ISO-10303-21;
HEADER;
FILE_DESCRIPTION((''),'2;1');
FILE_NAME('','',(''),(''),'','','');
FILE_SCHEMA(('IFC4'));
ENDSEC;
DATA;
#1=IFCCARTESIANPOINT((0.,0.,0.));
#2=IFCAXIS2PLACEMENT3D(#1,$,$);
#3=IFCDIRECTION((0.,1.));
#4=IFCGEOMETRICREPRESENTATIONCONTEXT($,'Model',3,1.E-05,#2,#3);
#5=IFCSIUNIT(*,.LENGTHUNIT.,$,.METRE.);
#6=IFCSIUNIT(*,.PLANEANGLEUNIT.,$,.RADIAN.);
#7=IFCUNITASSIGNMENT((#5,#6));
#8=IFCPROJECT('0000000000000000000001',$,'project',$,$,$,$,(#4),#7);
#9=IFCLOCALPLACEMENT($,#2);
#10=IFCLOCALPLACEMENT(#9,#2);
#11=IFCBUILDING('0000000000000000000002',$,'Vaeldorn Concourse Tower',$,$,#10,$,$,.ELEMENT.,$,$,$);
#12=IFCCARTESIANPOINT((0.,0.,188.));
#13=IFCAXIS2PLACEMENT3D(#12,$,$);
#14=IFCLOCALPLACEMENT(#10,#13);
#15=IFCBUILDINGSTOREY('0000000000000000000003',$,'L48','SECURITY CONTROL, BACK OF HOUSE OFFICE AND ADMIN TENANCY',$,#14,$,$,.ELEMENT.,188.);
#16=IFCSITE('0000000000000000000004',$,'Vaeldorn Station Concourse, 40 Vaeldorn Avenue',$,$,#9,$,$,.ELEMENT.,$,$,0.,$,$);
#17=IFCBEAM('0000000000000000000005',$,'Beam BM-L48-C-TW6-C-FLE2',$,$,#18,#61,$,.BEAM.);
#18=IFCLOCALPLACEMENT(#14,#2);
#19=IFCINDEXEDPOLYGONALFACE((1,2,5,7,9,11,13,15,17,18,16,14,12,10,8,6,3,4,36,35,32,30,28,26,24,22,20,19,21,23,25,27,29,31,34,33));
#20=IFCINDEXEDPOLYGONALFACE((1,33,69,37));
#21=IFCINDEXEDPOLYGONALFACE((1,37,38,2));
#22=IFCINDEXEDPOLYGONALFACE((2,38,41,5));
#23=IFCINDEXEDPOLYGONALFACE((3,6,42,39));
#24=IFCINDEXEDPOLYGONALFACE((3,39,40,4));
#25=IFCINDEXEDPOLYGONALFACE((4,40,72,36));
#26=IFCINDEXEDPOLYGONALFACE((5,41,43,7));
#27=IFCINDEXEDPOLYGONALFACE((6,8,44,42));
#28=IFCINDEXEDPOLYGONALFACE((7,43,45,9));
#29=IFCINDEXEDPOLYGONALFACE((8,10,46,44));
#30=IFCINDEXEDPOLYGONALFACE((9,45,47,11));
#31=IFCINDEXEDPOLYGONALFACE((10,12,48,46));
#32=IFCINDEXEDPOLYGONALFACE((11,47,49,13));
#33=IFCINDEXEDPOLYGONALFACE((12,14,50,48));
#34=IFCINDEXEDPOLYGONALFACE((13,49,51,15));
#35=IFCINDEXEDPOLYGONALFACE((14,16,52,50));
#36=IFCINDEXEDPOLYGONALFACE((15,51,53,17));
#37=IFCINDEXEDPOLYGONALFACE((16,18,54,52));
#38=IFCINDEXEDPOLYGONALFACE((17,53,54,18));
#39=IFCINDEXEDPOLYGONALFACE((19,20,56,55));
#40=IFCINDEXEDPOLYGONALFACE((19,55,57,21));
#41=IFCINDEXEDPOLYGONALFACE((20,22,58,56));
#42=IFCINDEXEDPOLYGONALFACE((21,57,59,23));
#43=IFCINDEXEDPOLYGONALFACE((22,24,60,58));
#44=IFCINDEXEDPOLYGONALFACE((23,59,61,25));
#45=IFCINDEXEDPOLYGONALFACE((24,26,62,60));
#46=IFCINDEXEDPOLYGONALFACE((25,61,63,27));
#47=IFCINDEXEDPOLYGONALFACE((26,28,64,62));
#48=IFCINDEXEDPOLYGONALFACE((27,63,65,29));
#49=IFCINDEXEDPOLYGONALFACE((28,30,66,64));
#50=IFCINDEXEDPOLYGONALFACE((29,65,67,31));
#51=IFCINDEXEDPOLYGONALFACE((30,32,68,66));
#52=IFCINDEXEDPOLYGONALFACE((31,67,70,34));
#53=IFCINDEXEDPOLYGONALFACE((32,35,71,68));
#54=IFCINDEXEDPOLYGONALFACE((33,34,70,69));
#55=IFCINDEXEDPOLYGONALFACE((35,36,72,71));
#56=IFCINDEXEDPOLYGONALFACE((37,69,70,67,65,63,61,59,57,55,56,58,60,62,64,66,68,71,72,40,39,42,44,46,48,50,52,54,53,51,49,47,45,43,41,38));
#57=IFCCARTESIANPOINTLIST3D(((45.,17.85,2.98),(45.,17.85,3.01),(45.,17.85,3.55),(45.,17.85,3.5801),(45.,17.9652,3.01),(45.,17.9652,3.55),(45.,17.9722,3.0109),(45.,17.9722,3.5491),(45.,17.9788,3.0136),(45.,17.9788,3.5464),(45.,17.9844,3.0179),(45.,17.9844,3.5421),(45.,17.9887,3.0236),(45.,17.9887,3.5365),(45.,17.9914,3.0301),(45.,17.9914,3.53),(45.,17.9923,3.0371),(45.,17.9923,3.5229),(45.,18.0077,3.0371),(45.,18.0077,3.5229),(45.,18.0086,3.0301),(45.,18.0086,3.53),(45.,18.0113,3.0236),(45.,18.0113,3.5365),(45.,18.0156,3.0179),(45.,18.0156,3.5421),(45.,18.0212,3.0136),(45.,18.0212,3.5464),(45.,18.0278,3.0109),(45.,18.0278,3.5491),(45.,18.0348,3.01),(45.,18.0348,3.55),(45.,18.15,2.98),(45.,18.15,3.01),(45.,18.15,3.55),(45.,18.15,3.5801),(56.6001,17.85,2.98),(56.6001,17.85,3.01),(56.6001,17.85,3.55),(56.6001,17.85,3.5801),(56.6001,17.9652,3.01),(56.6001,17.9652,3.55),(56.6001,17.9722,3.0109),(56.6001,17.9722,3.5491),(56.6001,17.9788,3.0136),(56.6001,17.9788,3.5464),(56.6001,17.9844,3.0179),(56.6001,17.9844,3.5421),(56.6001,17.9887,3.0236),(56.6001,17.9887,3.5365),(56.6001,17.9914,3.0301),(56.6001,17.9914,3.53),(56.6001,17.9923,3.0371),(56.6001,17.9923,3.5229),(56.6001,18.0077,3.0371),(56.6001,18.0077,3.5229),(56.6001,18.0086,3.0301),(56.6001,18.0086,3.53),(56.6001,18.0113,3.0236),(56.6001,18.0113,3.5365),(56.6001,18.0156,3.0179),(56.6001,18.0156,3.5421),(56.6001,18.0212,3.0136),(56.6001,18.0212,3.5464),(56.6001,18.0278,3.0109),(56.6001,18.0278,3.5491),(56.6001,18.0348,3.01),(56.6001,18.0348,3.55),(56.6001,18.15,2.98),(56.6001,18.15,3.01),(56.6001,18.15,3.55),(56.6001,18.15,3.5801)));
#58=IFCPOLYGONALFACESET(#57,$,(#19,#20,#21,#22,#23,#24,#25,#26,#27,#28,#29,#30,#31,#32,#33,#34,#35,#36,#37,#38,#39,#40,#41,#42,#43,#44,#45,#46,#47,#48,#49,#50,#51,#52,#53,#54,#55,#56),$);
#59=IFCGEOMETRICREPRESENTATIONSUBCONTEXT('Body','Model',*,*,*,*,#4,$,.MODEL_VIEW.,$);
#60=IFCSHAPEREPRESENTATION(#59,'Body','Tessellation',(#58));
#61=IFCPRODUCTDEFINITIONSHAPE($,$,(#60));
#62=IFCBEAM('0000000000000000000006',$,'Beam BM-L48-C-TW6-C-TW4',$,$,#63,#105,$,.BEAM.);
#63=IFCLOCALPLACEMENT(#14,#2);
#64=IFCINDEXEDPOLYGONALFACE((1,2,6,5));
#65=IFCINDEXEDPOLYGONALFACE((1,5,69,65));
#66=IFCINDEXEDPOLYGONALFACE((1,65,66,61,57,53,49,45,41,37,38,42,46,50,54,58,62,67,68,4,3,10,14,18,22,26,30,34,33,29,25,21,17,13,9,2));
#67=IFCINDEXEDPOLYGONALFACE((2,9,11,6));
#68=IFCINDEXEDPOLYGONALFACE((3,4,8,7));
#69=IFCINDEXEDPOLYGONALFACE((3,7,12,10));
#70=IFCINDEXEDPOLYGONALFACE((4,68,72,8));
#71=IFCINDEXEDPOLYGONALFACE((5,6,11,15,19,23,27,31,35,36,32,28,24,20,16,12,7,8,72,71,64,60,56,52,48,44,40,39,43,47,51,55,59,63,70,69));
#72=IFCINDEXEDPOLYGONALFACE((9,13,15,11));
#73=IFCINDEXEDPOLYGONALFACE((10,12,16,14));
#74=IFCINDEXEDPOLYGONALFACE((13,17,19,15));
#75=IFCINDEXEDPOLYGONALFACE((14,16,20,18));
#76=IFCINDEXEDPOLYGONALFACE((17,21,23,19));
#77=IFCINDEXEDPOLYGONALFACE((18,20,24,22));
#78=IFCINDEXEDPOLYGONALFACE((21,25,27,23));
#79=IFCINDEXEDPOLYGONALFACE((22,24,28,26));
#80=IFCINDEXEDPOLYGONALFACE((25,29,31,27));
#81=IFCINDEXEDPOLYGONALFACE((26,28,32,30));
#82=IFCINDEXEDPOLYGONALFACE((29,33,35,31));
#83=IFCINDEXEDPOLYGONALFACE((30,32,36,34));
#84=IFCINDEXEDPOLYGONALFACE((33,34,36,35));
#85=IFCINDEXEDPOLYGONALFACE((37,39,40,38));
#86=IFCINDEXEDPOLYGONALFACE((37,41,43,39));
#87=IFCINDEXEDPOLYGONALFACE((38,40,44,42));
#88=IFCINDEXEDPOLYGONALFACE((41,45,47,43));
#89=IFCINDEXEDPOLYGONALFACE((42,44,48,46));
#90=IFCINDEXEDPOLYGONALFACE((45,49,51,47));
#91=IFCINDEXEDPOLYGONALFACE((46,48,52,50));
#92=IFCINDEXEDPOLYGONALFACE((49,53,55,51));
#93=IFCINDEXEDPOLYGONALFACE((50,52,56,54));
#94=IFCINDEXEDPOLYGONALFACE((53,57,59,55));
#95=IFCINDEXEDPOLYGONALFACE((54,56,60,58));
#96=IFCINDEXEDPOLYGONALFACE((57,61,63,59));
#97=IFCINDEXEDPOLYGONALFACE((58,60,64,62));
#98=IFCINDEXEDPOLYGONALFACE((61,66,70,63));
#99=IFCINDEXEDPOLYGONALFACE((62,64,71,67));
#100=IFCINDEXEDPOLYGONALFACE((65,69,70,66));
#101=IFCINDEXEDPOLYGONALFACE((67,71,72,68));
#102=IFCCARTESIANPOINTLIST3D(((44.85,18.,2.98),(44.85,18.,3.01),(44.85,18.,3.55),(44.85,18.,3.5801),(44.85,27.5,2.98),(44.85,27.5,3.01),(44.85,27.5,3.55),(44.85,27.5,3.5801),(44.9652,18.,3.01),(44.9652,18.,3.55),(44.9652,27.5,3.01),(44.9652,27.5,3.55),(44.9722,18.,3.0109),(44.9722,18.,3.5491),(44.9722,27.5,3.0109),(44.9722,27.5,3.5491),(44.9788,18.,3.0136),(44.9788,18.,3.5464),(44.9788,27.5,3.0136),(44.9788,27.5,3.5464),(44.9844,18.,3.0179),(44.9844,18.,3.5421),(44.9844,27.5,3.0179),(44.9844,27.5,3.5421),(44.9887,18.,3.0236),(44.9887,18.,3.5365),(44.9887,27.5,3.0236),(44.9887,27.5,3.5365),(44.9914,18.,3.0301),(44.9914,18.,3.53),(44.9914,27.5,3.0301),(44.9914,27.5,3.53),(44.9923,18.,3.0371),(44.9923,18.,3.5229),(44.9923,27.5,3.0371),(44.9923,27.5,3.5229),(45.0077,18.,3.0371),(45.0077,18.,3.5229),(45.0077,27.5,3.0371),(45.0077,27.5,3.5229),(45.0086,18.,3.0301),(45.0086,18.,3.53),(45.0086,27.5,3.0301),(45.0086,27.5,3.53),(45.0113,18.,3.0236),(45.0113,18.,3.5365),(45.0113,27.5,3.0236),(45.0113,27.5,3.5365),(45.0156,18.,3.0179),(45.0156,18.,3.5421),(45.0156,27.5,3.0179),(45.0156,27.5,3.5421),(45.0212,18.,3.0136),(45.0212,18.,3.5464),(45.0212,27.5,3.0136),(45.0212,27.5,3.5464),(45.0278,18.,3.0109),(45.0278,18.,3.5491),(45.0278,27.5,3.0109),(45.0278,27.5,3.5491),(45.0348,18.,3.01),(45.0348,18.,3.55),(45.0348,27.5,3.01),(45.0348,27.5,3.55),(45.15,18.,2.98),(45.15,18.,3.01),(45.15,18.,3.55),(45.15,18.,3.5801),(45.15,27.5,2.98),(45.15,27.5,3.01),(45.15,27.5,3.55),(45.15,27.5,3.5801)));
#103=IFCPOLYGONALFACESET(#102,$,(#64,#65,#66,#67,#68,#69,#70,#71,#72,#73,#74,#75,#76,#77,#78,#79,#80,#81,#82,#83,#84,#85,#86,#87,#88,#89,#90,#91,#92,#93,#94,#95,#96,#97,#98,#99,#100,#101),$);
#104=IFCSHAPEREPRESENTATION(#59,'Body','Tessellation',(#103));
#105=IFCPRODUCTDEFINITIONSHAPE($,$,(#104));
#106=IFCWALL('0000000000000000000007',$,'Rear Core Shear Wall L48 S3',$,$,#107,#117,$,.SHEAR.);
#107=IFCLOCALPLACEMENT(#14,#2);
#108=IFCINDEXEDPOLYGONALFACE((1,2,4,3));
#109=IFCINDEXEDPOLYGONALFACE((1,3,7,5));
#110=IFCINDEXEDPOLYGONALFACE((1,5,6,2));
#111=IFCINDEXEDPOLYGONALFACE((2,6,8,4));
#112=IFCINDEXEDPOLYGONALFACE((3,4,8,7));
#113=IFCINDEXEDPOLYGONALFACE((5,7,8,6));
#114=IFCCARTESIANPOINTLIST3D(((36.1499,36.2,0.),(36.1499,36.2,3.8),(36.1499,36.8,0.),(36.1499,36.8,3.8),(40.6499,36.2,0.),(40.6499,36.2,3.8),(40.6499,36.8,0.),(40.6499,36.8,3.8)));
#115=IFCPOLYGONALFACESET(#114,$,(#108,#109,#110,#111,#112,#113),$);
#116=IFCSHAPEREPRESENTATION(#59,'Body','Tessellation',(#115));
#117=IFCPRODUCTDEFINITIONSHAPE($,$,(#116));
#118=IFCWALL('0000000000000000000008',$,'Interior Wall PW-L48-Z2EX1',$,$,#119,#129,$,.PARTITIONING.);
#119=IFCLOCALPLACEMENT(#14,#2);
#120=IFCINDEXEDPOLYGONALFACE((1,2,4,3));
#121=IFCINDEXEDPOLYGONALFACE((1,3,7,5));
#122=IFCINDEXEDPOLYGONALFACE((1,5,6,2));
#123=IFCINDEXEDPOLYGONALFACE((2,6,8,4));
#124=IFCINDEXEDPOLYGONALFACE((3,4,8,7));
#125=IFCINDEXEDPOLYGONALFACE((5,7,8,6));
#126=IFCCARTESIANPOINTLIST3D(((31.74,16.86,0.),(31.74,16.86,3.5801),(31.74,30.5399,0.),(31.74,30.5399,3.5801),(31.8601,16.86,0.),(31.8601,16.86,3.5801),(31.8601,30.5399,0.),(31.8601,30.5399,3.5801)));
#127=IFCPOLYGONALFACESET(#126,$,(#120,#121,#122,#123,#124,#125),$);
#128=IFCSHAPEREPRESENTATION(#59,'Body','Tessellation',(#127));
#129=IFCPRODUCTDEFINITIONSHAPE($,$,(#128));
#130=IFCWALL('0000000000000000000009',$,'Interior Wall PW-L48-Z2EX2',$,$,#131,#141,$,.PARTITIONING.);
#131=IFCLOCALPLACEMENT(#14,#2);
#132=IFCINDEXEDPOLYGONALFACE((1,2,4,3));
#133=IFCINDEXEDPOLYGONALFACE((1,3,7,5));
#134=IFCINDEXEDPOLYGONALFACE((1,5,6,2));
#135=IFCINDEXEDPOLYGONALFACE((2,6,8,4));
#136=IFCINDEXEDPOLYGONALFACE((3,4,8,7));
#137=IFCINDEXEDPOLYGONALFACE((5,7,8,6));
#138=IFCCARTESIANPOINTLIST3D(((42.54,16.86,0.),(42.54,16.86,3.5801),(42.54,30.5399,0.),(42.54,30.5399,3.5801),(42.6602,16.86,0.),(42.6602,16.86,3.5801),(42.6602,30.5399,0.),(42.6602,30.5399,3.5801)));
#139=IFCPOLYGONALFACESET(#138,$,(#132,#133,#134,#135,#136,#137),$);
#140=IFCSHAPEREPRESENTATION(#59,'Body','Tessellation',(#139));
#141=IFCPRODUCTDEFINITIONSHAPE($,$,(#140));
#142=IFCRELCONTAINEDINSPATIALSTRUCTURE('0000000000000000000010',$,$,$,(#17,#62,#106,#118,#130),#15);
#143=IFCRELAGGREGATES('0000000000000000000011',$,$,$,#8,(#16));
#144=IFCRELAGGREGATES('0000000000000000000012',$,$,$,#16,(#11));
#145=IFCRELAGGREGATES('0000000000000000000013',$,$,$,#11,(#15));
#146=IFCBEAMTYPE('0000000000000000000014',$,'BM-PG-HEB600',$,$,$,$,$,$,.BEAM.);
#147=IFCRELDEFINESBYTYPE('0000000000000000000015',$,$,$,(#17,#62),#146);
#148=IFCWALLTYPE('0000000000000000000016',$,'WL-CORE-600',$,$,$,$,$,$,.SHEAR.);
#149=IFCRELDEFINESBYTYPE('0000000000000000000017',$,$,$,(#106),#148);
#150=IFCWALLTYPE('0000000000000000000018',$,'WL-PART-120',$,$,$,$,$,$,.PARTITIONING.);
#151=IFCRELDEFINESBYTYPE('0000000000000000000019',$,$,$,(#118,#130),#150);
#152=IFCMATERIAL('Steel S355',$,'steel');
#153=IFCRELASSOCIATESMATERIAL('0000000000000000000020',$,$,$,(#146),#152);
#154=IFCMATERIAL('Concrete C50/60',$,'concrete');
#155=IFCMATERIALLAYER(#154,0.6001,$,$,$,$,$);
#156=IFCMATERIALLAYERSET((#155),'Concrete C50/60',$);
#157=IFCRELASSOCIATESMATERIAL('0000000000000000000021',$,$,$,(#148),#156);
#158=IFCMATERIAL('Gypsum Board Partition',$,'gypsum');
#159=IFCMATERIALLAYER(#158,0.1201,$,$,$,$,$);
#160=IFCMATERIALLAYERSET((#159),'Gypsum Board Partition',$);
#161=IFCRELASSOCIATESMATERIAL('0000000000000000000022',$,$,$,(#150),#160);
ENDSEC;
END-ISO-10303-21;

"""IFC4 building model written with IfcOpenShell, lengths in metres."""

from ifc_helpers import new_model, si_unit, direction, frame, frame_2d, origin, origin_2d, place, context, subcontext, project, spatial, rectangle, i_section, extrude, source, transform, mapped, material, layer, layer_set, material_profile, profile_set, type_object, element, save


model = new_model("IFC4")

# Units and contexts
model_context = context("Model", 3, precision=1e-05, world=origin(), true_north=direction((0.0, 1.0)))
body_context = subcontext(model_context, "Body", "Model", "MODEL_VIEW")
ifc_project = project(units=[si_unit("LENGTHUNIT", "METRE"), si_unit("PLANEANGLEUNIT", "RADIAN")], contexts=[model_context])

# Site, building, storey
site_placement = place(None, origin())
site = spatial("IfcSite", under=ifc_project, at=site_placement, Name="Vaeldorn Station Concourse, 40 Vaeldorn Avenue", CompositionType="ELEMENT", RefElevation=0.0)
building_placement = place(site_placement, origin())
building = spatial("IfcBuilding", under=site, at=building_placement, Name="Vaeldorn Concourse Tower", CompositionType="ELEMENT")
storey_placement = place(building_placement, frame((0.0, 0.0, 188.0)))
storey = spatial("IfcBuildingStorey", under=building, at=storey_placement, Name="L48", Description="SECURITY CONTROL, BACK OF HOUSE OFFICE AND ADMIN TENANCY", CompositionType="ELEMENT", Elevation=188.0)

# Shared definitions
ifc_material_1 = material(Name="Steel S355", Category="steel")

# Beams
ifc_material_2 = material(Name="Concrete C50/60", Category="concrete")
ifc_material_profile_1 = material_profile(ifc_material_1, i_section(OverallWidth=0.3, OverallDepth=0.6001, WebThickness=0.0154, FlangeThickness=0.03, FilletRadius=0.0271, at=origin_2d()), Name="HEB 600")
ifc_profile_set_1 = profile_set([ifc_material_profile_1], Name="Steel S355")
beam_type_1 = type_object("IfcBeamType", Name="BM-PG-HEB600", PredefinedType="BEAM", material=ifc_profile_set_1)
shared_shape_1 = source(origin(), body_context, "Body", "SweptSolid", [
    extrude(i_section(OverallWidth=0.3, OverallDepth=0.6001, WebThickness=0.0154, FlangeThickness=0.03, FilletRadius=0.0271, at=origin_2d()), origin(), (0.0, 0.0, 1.0), 11.6001),
])
beam_1_placement = place(storey_placement, frame((45.0, 18.0, 3.28), z_axis=(1.0, 0.0, 0.0), x_axis=(0.0, 1.0, 0.0)))
element("IfcBeam", 1, at=beam_1_placement, inside=storey, type_object=beam_type_1, Name="Beam BM-L48-C-TW6-C-FLE2", PredefinedType="BEAM", context=body_context, shape_type="MappedRepresentation", body=[
    mapped(shared_shape_1, transform((0.0, 0.0, 0.0), scale=1.0)),
])
shared_shape_2 = source(origin(), body_context, "Body", "SweptSolid", [
    extrude(i_section(OverallWidth=0.3, OverallDepth=0.6001, WebThickness=0.0154, FlangeThickness=0.03, FilletRadius=0.0271, at=origin_2d()), origin(), (0.0, 0.0, 1.0), 9.5),
])
beam_2_placement = place(storey_placement, frame((45.0, 18.0, 3.28), z_axis=(0.0, 1.0, 0.0), x_axis=(-1.0, 0.0, 0.0)))
element("IfcBeam", 2, at=beam_2_placement, inside=storey, type_object=beam_type_1, Name="Beam BM-L48-C-TW6-C-TW4", PredefinedType="BEAM", context=body_context, shape_type="MappedRepresentation", body=[
    mapped(shared_shape_2, transform((0.0, 0.0, 0.0), scale=1.0)),
])

# Walls
ifc_layer_1 = layer(ifc_material_2, 0.6001)
ifc_layer_set_1 = layer_set([ifc_layer_1], Name="Concrete C50/60")
wall_type_1 = type_object("IfcWallType", Name="WL-CORE-600", PredefinedType="SHEAR", material=ifc_layer_set_1)
wall_placement = place(storey_placement, frame((36.1499, 36.5, 0.0), z_axis=(0.0, 0.0, 1.0), x_axis=(1.0, 0.0, 0.0)))
element("IfcWall", 3, at=wall_placement, inside=storey, type_object=wall_type_1, Name="Rear Core Shear Wall L48 S3", PredefinedType="SHEAR", context=body_context, shape_type="SweptSolid", body=[
    extrude(rectangle(XDim=4.5, YDim=0.6001, at=frame_2d((2.25, 0.0))), origin(), (0.0, 0.0, 1.0), 3.8),
])
ifc_material_3 = material(Name="Gypsum Board Partition", Category="gypsum")
ifc_layer_2 = layer(ifc_material_3, 0.1201)
ifc_layer_set_2 = layer_set([ifc_layer_2], Name="Gypsum Board Partition")
wall_type_2 = type_object("IfcWallType", Name="WL-PART-120", PredefinedType="PARTITIONING", material=ifc_layer_set_2)
for number, where, z_axis, x_axis, name in (
    (4, (31.8, 16.8601, 0.0), (0.0, 0.0, 1.0), (0.0, 1.0, 0.0), "Interior Wall PW-L48-Z2EX1"),
    (5, (42.6001, 16.8601, 0.0), (0.0, 0.0, 1.0), (0.0, 1.0, 0.0), "Interior Wall PW-L48-Z2EX2"),
):
    element("IfcWall", number, at=place(storey_placement, frame(where, z_axis=z_axis, x_axis=x_axis)), inside=storey, type_object=wall_type_2, Name=name, PredefinedType="PARTITIONING", context=body_context, shape_type="SweptSolid", body=[
        extrude(rectangle(XDim=13.6799, YDim=0.1201, at=frame_2d((6.8398, 0.0))), origin(), (0.0, 0.0, 1.0), 3.5801),
    ])

save(model, "model.ifc")
